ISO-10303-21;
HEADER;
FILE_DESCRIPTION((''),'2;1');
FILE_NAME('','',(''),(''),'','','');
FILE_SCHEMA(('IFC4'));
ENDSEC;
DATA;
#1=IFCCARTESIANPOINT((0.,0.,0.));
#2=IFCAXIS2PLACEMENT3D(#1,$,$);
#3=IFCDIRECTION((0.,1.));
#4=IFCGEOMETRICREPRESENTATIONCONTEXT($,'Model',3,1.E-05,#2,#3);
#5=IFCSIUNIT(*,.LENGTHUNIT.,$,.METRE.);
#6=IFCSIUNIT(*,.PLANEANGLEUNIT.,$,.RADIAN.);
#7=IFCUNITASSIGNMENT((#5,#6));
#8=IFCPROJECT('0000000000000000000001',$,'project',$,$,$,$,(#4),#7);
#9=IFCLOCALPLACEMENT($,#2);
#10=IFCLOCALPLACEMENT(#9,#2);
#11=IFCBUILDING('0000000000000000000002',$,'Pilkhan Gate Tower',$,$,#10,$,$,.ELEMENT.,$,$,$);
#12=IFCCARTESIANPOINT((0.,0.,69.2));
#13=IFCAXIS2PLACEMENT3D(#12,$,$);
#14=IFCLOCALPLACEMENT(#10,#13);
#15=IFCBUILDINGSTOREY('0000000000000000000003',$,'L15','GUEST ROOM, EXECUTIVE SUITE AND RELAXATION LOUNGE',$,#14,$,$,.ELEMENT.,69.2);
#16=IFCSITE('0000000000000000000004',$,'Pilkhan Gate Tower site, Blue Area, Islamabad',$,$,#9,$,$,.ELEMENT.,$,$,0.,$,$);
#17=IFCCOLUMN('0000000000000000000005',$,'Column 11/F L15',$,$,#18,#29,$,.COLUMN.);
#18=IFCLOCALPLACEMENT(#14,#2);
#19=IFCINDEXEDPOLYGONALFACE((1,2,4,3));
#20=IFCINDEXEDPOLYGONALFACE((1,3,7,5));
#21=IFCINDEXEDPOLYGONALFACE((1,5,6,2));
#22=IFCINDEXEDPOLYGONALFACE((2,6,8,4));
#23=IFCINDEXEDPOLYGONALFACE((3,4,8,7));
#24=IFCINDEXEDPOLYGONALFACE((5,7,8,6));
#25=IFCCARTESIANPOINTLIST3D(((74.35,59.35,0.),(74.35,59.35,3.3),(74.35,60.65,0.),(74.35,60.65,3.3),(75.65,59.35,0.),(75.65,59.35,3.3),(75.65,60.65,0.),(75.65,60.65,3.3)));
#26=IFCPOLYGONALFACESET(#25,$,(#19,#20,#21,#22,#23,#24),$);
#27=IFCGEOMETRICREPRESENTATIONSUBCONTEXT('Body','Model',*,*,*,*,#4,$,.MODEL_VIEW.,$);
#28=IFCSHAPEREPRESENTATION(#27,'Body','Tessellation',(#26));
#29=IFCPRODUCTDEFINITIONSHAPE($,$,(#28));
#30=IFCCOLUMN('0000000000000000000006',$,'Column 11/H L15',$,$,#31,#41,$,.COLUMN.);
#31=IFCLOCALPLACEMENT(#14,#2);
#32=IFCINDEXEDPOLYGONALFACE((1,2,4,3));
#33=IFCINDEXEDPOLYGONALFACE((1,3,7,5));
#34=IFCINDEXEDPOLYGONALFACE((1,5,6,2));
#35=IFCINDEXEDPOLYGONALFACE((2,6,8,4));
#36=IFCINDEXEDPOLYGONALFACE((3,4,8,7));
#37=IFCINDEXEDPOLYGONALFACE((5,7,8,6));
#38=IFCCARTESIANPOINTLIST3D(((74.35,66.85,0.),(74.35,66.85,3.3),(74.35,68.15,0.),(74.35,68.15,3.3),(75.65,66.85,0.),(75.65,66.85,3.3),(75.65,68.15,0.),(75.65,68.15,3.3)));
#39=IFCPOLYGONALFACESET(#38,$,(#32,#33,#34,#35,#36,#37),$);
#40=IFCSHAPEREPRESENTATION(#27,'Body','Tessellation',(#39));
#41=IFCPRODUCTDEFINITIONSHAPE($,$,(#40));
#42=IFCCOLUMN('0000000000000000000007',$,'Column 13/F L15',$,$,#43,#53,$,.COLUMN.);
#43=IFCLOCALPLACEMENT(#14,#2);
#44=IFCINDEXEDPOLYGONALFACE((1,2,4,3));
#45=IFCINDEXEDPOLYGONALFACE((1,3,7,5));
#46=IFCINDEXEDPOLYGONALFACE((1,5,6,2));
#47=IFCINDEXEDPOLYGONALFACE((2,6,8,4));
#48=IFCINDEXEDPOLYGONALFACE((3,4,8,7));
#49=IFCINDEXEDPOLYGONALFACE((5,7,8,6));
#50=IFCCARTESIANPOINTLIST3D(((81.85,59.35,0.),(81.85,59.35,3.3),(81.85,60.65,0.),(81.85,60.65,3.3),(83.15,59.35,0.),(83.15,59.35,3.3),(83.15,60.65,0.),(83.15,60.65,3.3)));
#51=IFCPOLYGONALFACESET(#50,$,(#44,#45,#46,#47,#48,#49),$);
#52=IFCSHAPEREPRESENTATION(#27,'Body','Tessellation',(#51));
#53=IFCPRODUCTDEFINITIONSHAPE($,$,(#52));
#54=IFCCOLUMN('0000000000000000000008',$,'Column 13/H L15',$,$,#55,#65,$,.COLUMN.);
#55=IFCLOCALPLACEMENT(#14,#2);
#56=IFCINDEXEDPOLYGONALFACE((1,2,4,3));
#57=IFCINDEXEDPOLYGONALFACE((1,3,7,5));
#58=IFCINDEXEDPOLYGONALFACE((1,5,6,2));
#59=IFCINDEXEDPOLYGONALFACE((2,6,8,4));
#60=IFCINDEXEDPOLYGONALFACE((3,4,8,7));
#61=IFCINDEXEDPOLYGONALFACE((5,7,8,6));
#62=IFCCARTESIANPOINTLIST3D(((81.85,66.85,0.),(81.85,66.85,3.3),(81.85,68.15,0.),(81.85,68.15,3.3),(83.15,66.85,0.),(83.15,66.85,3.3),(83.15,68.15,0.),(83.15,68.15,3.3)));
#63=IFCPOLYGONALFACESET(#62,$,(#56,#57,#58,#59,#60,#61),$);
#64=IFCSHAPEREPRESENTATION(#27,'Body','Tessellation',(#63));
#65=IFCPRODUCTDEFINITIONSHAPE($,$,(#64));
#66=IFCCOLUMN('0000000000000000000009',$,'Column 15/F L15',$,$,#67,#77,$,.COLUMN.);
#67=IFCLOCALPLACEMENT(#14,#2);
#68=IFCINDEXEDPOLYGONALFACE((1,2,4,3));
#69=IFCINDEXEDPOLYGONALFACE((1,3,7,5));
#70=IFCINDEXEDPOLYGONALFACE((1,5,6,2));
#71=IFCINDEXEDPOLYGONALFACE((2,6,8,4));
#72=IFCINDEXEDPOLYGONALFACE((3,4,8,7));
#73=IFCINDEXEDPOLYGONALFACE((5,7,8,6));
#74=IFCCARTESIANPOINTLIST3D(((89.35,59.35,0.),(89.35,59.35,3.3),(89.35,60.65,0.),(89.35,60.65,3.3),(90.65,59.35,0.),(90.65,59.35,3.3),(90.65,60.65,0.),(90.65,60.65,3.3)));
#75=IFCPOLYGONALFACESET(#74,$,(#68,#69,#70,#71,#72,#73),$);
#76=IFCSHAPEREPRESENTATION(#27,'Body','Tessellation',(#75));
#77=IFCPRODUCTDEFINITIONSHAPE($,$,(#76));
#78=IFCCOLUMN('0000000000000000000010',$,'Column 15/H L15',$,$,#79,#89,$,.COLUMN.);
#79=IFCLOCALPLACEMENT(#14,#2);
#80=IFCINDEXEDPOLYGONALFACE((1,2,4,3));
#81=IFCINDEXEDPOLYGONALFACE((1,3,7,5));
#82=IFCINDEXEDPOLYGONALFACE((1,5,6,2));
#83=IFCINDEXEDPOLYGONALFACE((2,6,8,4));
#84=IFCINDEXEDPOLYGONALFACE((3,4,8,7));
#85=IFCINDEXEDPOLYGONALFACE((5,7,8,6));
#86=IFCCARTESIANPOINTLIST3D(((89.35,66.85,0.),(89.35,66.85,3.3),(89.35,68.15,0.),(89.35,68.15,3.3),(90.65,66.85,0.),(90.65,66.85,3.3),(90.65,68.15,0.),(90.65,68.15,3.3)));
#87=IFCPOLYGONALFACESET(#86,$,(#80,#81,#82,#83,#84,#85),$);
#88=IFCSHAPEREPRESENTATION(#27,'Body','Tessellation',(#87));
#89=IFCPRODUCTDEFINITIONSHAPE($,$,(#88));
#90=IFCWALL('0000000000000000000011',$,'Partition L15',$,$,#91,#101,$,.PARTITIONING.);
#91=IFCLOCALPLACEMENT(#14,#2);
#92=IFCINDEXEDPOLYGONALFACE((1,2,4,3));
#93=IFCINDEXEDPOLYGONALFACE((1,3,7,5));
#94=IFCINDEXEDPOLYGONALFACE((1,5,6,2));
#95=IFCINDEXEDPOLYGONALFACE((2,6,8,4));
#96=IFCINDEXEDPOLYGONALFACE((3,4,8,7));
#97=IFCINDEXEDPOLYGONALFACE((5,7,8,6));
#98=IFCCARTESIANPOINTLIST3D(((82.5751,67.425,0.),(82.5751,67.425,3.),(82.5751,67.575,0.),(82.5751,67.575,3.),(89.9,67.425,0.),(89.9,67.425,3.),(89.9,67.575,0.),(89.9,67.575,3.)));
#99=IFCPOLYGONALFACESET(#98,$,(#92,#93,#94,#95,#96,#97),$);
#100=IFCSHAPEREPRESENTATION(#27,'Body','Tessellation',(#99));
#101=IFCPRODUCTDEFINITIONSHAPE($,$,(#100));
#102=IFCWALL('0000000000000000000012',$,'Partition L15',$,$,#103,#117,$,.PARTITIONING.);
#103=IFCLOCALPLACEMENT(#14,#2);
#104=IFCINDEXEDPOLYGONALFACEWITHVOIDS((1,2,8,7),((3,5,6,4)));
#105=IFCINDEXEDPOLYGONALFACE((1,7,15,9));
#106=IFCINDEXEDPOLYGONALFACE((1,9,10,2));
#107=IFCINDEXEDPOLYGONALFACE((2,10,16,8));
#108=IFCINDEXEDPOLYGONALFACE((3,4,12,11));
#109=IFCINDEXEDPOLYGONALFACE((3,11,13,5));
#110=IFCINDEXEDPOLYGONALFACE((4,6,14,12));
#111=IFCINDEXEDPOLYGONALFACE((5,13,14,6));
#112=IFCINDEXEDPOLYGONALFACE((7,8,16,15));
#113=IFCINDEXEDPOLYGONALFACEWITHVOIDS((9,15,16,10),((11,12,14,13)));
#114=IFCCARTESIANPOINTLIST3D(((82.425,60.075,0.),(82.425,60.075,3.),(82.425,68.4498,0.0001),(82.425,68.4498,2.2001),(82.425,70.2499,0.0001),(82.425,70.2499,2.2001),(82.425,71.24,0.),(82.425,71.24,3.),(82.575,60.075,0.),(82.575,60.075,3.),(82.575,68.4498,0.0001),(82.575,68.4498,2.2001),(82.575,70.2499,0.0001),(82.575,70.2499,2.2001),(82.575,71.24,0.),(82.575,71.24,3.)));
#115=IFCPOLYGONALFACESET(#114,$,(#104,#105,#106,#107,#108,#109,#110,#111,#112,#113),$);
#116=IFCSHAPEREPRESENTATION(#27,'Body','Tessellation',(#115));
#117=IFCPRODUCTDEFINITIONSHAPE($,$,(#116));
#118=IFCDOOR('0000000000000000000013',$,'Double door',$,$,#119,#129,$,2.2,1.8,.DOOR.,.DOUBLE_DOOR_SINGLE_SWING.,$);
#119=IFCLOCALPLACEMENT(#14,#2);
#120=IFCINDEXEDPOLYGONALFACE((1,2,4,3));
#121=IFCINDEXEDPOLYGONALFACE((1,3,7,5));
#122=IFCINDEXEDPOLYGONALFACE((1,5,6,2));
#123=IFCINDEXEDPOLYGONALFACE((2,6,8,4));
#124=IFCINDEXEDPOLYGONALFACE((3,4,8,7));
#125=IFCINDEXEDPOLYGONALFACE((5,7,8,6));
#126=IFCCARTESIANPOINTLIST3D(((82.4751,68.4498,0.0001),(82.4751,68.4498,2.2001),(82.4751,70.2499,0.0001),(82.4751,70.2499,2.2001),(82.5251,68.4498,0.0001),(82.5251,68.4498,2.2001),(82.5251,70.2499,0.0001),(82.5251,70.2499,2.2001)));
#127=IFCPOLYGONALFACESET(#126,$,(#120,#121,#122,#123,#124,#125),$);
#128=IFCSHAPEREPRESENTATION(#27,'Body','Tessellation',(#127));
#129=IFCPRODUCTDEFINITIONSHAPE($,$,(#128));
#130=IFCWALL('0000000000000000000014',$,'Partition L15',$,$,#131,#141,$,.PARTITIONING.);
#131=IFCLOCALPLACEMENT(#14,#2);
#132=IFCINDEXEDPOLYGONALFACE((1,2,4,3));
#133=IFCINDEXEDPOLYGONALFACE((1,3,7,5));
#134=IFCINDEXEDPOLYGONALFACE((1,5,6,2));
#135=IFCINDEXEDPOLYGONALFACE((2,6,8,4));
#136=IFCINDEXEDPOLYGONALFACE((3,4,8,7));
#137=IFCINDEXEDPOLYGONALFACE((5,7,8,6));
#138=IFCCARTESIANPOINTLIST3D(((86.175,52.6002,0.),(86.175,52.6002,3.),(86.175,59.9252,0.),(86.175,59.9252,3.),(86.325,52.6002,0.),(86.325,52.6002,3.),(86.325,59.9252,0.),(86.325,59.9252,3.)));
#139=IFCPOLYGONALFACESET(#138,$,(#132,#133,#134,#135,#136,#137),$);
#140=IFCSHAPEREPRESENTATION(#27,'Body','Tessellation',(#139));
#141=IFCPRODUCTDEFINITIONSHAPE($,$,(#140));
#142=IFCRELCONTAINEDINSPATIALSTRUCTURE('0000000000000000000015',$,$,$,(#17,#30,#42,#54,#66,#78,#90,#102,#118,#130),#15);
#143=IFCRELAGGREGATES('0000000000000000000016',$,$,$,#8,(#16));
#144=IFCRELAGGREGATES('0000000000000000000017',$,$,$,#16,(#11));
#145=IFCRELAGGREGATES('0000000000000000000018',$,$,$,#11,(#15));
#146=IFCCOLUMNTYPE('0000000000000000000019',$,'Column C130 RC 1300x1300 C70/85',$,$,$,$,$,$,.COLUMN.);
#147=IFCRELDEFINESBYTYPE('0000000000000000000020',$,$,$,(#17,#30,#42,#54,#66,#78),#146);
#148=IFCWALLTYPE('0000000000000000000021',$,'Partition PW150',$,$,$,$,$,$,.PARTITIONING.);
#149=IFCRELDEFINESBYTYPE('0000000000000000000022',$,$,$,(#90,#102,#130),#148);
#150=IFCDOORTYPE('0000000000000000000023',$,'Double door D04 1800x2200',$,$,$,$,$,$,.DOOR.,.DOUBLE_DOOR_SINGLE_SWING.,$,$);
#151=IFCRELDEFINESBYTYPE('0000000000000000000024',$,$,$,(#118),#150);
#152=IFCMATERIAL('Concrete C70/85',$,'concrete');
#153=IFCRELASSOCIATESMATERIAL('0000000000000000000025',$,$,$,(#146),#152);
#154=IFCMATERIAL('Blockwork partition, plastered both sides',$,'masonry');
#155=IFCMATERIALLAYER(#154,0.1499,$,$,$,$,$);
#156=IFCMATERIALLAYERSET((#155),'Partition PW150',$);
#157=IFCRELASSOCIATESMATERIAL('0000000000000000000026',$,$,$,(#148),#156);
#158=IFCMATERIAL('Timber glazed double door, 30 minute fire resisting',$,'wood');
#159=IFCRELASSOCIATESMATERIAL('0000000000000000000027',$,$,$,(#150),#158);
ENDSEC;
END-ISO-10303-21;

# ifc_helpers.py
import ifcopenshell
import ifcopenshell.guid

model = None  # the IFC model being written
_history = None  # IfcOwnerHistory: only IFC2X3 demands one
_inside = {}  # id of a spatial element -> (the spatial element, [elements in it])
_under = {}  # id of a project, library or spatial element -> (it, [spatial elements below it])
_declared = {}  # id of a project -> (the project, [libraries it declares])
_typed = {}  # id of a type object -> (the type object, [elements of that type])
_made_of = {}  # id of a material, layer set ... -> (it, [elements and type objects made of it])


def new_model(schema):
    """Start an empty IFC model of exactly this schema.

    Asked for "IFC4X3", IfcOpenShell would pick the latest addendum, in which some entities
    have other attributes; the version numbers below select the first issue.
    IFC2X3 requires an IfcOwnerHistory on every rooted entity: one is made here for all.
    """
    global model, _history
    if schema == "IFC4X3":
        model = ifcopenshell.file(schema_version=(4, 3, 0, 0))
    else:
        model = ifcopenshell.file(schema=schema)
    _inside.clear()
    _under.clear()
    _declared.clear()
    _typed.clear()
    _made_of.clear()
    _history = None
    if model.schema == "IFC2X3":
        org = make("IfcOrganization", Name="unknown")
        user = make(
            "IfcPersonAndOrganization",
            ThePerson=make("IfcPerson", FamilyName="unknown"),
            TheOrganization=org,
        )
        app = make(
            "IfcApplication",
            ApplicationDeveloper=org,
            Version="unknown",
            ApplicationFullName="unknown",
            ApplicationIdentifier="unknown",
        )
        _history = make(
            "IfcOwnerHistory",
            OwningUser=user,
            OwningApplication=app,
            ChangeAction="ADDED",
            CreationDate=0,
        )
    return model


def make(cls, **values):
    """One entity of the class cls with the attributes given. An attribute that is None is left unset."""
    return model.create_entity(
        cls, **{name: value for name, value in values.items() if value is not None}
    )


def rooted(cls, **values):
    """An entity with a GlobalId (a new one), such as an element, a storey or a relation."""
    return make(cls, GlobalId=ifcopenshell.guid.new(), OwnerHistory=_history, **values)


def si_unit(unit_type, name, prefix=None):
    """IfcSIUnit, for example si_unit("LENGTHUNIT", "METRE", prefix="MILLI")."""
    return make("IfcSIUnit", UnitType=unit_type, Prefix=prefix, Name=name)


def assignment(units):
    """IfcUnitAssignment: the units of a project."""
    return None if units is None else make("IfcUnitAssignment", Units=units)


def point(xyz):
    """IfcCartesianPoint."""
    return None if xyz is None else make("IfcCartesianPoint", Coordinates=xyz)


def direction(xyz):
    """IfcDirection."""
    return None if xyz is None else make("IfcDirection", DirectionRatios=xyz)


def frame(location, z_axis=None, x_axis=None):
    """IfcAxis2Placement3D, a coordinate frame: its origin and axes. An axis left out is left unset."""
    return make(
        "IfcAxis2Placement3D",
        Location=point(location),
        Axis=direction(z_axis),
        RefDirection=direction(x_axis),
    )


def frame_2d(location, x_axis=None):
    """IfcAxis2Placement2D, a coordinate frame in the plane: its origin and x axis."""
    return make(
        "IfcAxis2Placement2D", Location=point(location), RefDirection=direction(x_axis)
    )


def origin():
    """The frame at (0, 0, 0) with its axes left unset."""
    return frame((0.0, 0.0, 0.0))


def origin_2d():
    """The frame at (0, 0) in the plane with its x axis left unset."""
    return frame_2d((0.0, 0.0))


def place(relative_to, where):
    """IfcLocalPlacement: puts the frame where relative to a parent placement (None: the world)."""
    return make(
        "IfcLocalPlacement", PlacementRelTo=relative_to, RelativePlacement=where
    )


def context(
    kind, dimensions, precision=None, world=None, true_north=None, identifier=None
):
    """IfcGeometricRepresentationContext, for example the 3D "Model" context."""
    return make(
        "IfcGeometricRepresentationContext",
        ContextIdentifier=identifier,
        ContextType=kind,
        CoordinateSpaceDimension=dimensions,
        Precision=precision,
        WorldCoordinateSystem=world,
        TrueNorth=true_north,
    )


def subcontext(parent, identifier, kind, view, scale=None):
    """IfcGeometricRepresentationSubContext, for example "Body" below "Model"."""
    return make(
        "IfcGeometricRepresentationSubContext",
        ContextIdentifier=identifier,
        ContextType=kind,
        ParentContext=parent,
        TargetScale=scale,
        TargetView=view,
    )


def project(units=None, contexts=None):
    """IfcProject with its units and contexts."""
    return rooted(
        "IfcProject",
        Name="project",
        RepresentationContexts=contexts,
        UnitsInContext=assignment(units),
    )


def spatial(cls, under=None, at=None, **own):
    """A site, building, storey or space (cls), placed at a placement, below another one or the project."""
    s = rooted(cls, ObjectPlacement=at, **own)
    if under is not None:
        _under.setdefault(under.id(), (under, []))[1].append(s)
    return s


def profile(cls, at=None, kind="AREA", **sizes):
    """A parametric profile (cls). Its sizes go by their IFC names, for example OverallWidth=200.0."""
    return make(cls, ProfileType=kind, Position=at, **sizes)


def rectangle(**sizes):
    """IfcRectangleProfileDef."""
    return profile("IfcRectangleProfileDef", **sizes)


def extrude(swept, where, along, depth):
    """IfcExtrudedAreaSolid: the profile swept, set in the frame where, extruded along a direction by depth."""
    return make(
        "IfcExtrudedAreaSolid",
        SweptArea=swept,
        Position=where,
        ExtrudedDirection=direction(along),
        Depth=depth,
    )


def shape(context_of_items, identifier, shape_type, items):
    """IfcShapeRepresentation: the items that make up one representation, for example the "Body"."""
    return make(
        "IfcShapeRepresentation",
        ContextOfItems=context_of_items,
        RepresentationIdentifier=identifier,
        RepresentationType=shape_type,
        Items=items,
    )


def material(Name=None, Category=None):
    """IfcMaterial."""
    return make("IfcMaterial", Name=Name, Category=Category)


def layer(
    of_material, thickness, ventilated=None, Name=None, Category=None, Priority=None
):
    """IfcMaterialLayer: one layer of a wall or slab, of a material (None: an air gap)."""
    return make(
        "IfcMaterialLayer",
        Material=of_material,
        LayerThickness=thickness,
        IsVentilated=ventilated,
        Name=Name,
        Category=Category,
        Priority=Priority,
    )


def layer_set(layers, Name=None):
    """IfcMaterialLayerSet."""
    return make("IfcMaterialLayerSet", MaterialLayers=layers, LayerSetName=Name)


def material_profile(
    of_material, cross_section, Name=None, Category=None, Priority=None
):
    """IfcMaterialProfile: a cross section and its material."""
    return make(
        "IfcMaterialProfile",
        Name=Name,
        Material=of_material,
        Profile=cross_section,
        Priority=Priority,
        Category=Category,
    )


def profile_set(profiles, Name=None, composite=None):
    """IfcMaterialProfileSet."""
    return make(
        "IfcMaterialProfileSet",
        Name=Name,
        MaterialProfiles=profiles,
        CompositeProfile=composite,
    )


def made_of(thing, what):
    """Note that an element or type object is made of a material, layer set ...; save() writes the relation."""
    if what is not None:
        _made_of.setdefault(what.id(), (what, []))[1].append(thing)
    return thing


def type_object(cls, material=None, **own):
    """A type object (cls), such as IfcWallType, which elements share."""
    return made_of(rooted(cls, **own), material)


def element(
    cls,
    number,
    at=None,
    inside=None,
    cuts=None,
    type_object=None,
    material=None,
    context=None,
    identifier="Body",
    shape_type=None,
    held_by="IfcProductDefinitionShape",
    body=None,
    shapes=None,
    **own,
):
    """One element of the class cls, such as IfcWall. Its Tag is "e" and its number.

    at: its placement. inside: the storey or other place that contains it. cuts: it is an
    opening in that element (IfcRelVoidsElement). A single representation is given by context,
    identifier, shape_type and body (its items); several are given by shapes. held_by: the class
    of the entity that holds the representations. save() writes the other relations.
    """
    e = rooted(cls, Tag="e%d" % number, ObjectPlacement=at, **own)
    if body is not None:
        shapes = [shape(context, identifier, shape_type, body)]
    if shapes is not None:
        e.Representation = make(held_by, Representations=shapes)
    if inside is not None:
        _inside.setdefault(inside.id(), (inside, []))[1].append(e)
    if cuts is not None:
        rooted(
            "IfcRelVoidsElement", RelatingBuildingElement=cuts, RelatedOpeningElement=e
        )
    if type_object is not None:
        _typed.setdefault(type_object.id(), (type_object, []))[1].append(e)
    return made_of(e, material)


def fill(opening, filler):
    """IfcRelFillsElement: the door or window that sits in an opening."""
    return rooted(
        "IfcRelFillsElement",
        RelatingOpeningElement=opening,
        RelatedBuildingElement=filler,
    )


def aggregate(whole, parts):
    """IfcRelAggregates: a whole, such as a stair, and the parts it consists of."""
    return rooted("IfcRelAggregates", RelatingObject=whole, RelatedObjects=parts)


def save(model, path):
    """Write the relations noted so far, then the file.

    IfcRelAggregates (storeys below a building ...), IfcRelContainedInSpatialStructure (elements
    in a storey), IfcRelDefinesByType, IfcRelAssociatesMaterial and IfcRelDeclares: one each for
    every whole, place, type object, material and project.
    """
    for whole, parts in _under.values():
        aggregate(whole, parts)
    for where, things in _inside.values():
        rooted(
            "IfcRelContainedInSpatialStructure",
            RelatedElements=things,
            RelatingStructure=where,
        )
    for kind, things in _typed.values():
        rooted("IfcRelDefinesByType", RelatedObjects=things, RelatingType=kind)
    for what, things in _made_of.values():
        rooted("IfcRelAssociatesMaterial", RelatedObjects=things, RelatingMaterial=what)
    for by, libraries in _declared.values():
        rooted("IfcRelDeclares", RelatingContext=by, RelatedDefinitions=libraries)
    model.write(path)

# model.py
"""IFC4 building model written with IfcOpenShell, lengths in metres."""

from ifc_helpers import new_model, si_unit, direction, frame, frame_2d, origin, origin_2d, place, context, subcontext, project, spatial, rectangle, extrude, material, layer, layer_set, material_profile, profile_set, type_object, element, fill, save


model = new_model("IFC4")

# Units and contexts
model_context = context("Model", 3, precision=1e-05, world=origin(), true_north=direction((0.0, 1.0)))
body_context = subcontext(model_context, "Body", "Model", "MODEL_VIEW")
ifc_project = project(units=[si_unit("LENGTHUNIT", "METRE"), si_unit("PLANEANGLEUNIT", "RADIAN")], contexts=[model_context])

# Site, building, storey
site_placement = place(None, origin())
site = spatial("IfcSite", under=ifc_project, at=site_placement, Name="Pilkhan Gate Tower site, Blue Area, Islamabad", CompositionType="ELEMENT", RefElevation=0.0)
building_placement = place(site_placement, origin())
building = spatial("IfcBuilding", under=site, at=building_placement, Name="Pilkhan Gate Tower", CompositionType="ELEMENT")
storey_placement = place(building_placement, frame((0.0, 0.0, 69.2)))
storey = spatial("IfcBuildingStorey", under=building, at=storey_placement, Name="L15", Description="GUEST ROOM, EXECUTIVE SUITE AND RELAXATION LOUNGE", CompositionType="ELEMENT", Elevation=69.2)

# Columns
ifc_material_1 = material(Name="Concrete C70/85", Category="concrete")
ifc_material_profile = material_profile(ifc_material_1, rectangle(XDim=1.3, YDim=1.3, at=origin_2d()), Name="RC 1300x1300")
ifc_profile_set = profile_set([ifc_material_profile], Name="Concrete C70/85")
column_type = type_object("IfcColumnType", Name="Column C130 RC 1300x1300 C70/85", PredefinedType="COLUMN", material=ifc_profile_set)
for number, where, z_axis, x_axis, name in (
    (1, (75.0, 60.0, 0.0), (0.0, 0.0, 1.0), (1.0, 0.0, 0.0), "Column 11/F L15"),
    (2, (75.0, 67.5, 0.0), (0.0, 0.0, 1.0), (1.0, 0.0, 0.0), "Column 11/H L15"),
    (3, (82.5, 60.0, 0.0), (0.0, 0.0, 1.0), (1.0, 0.0, 0.0), "Column 13/F L15"),
    (4, (82.5, 67.5, 0.0), (0.0, 0.0, 1.0), (1.0, 0.0, 0.0), "Column 13/H L15"),
    (5, (90.0, 60.0, 0.0), (0.0, 0.0, 1.0), (1.0, 0.0, 0.0), "Column 15/F L15"),
    (6, (90.0, 67.5, 0.0), (0.0, 0.0, 1.0), (1.0, 0.0, 0.0), "Column 15/H L15"),
):
    element("IfcColumn", number, at=place(storey_placement, frame(where, z_axis=z_axis, x_axis=x_axis)), inside=storey, type_object=column_type, Name=name, PredefinedType="COLUMN", context=body_context, shape_type="SweptSolid", body=[
        extrude(rectangle(XDim=1.3, YDim=1.3, at=origin_2d()), origin(), (0.0, 0.0, 1.0), 3.3),
    ])

# Wall
ifc_material_2 = material(Name="Blockwork partition, plastered both sides", Category="masonry")
ifc_layer = layer(ifc_material_2, 0.1499)
ifc_layer_set = layer_set([ifc_layer], Name="Partition PW150")
wall_type = type_object("IfcWallType", Name="Partition PW150", PredefinedType="PARTITIONING", material=ifc_layer_set)
wall_1_placement = place(storey_placement, frame((82.575, 67.5, 0.0), z_axis=(0.0, 0.0, 1.0), x_axis=(1.0, 0.0, 0.0)))
element("IfcWall", 7, at=wall_1_placement, inside=storey, type_object=wall_type, Name="Partition L15", PredefinedType="PARTITIONING", context=body_context, shape_type="SweptSolid", body=[
    extrude(rectangle(XDim=7.325, YDim=0.1499, at=frame_2d((3.6626, 0.0))), origin(), (0.0, 0.0, 1.0), 3.0),
])

# Wall, opening, door
wall_2_placement = place(storey_placement, frame((82.5, 60.075, 0.0), z_axis=(0.0, 0.0, 1.0), x_axis=(0.0, 1.0, 0.0)))
wall_2 = element("IfcWall", 8, at=wall_2_placement, inside=storey, type_object=wall_type, Name="Partition L15", PredefinedType="PARTITIONING", context=body_context, shape_type="SweptSolid", body=[
    extrude(rectangle(XDim=11.165, YDim=0.1499, at=frame_2d((5.5825, 0.0))), origin(), (0.0, 0.0, 1.0), 3.0),
])
opening_placement = place(wall_2_placement, frame((8.375, 0.0, 0.0)))
opening = element("IfcOpeningElement", 9, at=opening_placement, cuts=wall_2, PredefinedType="OPENING", context=body_context, shape_type="SweptSolid", body=[
    extrude(rectangle(XDim=1.8, YDim=2.2, at=frame_2d((0.8999, 1.1001))), frame((0.0, 0.085, 0.0), z_axis=(0.0, -1.0, 0.0), x_axis=(1.0, 0.0, 0.0)), (0.0, 0.0, 1.0), 0.1699),
])
ifc_material_3 = material(Name="Timber glazed double door, 30 minute fire resisting", Category="wood")
door_type = type_object("IfcDoorType", Name="Double door D04 1800x2200", OperationType="DOUBLE_DOOR_SINGLE_SWING", PredefinedType="DOOR", material=ifc_material_3)
door_placement = place(opening_placement, origin())
door = element("IfcDoor", 10, at=door_placement, inside=storey, type_object=door_type, Name="Double door", OperationType="DOUBLE_DOOR_SINGLE_SWING", OverallHeight=2.2, OverallWidth=1.8, PredefinedType="DOOR", context=body_context, shape_type="SweptSolid", body=[
    extrude(rectangle(XDim=1.8, YDim=2.2, at=frame_2d((0.8999, 1.1001))), frame((0.0, 0.0249, 0.0), z_axis=(0.0, -1.0, 0.0), x_axis=(1.0, 0.0, 0.0)), (0.0, 0.0, 1.0), 0.05),
])
fill(opening, door)

# Wall
wall_3_placement = place(storey_placement, frame((86.25, 52.6001, 0.0), z_axis=(0.0, 0.0, 1.0), x_axis=(0.0, 1.0, 0.0)))
element("IfcWall", 11, at=wall_3_placement, inside=storey, type_object=wall_type, Name="Partition L15", PredefinedType="PARTITIONING", context=body_context, shape_type="SweptSolid", body=[
    extrude(rectangle(XDim=7.325, YDim=0.1499, at=frame_2d((3.6626, 0.0))), origin(), (0.0, 0.0, 1.0), 3.0),
])

save(model, "model.ifc")
